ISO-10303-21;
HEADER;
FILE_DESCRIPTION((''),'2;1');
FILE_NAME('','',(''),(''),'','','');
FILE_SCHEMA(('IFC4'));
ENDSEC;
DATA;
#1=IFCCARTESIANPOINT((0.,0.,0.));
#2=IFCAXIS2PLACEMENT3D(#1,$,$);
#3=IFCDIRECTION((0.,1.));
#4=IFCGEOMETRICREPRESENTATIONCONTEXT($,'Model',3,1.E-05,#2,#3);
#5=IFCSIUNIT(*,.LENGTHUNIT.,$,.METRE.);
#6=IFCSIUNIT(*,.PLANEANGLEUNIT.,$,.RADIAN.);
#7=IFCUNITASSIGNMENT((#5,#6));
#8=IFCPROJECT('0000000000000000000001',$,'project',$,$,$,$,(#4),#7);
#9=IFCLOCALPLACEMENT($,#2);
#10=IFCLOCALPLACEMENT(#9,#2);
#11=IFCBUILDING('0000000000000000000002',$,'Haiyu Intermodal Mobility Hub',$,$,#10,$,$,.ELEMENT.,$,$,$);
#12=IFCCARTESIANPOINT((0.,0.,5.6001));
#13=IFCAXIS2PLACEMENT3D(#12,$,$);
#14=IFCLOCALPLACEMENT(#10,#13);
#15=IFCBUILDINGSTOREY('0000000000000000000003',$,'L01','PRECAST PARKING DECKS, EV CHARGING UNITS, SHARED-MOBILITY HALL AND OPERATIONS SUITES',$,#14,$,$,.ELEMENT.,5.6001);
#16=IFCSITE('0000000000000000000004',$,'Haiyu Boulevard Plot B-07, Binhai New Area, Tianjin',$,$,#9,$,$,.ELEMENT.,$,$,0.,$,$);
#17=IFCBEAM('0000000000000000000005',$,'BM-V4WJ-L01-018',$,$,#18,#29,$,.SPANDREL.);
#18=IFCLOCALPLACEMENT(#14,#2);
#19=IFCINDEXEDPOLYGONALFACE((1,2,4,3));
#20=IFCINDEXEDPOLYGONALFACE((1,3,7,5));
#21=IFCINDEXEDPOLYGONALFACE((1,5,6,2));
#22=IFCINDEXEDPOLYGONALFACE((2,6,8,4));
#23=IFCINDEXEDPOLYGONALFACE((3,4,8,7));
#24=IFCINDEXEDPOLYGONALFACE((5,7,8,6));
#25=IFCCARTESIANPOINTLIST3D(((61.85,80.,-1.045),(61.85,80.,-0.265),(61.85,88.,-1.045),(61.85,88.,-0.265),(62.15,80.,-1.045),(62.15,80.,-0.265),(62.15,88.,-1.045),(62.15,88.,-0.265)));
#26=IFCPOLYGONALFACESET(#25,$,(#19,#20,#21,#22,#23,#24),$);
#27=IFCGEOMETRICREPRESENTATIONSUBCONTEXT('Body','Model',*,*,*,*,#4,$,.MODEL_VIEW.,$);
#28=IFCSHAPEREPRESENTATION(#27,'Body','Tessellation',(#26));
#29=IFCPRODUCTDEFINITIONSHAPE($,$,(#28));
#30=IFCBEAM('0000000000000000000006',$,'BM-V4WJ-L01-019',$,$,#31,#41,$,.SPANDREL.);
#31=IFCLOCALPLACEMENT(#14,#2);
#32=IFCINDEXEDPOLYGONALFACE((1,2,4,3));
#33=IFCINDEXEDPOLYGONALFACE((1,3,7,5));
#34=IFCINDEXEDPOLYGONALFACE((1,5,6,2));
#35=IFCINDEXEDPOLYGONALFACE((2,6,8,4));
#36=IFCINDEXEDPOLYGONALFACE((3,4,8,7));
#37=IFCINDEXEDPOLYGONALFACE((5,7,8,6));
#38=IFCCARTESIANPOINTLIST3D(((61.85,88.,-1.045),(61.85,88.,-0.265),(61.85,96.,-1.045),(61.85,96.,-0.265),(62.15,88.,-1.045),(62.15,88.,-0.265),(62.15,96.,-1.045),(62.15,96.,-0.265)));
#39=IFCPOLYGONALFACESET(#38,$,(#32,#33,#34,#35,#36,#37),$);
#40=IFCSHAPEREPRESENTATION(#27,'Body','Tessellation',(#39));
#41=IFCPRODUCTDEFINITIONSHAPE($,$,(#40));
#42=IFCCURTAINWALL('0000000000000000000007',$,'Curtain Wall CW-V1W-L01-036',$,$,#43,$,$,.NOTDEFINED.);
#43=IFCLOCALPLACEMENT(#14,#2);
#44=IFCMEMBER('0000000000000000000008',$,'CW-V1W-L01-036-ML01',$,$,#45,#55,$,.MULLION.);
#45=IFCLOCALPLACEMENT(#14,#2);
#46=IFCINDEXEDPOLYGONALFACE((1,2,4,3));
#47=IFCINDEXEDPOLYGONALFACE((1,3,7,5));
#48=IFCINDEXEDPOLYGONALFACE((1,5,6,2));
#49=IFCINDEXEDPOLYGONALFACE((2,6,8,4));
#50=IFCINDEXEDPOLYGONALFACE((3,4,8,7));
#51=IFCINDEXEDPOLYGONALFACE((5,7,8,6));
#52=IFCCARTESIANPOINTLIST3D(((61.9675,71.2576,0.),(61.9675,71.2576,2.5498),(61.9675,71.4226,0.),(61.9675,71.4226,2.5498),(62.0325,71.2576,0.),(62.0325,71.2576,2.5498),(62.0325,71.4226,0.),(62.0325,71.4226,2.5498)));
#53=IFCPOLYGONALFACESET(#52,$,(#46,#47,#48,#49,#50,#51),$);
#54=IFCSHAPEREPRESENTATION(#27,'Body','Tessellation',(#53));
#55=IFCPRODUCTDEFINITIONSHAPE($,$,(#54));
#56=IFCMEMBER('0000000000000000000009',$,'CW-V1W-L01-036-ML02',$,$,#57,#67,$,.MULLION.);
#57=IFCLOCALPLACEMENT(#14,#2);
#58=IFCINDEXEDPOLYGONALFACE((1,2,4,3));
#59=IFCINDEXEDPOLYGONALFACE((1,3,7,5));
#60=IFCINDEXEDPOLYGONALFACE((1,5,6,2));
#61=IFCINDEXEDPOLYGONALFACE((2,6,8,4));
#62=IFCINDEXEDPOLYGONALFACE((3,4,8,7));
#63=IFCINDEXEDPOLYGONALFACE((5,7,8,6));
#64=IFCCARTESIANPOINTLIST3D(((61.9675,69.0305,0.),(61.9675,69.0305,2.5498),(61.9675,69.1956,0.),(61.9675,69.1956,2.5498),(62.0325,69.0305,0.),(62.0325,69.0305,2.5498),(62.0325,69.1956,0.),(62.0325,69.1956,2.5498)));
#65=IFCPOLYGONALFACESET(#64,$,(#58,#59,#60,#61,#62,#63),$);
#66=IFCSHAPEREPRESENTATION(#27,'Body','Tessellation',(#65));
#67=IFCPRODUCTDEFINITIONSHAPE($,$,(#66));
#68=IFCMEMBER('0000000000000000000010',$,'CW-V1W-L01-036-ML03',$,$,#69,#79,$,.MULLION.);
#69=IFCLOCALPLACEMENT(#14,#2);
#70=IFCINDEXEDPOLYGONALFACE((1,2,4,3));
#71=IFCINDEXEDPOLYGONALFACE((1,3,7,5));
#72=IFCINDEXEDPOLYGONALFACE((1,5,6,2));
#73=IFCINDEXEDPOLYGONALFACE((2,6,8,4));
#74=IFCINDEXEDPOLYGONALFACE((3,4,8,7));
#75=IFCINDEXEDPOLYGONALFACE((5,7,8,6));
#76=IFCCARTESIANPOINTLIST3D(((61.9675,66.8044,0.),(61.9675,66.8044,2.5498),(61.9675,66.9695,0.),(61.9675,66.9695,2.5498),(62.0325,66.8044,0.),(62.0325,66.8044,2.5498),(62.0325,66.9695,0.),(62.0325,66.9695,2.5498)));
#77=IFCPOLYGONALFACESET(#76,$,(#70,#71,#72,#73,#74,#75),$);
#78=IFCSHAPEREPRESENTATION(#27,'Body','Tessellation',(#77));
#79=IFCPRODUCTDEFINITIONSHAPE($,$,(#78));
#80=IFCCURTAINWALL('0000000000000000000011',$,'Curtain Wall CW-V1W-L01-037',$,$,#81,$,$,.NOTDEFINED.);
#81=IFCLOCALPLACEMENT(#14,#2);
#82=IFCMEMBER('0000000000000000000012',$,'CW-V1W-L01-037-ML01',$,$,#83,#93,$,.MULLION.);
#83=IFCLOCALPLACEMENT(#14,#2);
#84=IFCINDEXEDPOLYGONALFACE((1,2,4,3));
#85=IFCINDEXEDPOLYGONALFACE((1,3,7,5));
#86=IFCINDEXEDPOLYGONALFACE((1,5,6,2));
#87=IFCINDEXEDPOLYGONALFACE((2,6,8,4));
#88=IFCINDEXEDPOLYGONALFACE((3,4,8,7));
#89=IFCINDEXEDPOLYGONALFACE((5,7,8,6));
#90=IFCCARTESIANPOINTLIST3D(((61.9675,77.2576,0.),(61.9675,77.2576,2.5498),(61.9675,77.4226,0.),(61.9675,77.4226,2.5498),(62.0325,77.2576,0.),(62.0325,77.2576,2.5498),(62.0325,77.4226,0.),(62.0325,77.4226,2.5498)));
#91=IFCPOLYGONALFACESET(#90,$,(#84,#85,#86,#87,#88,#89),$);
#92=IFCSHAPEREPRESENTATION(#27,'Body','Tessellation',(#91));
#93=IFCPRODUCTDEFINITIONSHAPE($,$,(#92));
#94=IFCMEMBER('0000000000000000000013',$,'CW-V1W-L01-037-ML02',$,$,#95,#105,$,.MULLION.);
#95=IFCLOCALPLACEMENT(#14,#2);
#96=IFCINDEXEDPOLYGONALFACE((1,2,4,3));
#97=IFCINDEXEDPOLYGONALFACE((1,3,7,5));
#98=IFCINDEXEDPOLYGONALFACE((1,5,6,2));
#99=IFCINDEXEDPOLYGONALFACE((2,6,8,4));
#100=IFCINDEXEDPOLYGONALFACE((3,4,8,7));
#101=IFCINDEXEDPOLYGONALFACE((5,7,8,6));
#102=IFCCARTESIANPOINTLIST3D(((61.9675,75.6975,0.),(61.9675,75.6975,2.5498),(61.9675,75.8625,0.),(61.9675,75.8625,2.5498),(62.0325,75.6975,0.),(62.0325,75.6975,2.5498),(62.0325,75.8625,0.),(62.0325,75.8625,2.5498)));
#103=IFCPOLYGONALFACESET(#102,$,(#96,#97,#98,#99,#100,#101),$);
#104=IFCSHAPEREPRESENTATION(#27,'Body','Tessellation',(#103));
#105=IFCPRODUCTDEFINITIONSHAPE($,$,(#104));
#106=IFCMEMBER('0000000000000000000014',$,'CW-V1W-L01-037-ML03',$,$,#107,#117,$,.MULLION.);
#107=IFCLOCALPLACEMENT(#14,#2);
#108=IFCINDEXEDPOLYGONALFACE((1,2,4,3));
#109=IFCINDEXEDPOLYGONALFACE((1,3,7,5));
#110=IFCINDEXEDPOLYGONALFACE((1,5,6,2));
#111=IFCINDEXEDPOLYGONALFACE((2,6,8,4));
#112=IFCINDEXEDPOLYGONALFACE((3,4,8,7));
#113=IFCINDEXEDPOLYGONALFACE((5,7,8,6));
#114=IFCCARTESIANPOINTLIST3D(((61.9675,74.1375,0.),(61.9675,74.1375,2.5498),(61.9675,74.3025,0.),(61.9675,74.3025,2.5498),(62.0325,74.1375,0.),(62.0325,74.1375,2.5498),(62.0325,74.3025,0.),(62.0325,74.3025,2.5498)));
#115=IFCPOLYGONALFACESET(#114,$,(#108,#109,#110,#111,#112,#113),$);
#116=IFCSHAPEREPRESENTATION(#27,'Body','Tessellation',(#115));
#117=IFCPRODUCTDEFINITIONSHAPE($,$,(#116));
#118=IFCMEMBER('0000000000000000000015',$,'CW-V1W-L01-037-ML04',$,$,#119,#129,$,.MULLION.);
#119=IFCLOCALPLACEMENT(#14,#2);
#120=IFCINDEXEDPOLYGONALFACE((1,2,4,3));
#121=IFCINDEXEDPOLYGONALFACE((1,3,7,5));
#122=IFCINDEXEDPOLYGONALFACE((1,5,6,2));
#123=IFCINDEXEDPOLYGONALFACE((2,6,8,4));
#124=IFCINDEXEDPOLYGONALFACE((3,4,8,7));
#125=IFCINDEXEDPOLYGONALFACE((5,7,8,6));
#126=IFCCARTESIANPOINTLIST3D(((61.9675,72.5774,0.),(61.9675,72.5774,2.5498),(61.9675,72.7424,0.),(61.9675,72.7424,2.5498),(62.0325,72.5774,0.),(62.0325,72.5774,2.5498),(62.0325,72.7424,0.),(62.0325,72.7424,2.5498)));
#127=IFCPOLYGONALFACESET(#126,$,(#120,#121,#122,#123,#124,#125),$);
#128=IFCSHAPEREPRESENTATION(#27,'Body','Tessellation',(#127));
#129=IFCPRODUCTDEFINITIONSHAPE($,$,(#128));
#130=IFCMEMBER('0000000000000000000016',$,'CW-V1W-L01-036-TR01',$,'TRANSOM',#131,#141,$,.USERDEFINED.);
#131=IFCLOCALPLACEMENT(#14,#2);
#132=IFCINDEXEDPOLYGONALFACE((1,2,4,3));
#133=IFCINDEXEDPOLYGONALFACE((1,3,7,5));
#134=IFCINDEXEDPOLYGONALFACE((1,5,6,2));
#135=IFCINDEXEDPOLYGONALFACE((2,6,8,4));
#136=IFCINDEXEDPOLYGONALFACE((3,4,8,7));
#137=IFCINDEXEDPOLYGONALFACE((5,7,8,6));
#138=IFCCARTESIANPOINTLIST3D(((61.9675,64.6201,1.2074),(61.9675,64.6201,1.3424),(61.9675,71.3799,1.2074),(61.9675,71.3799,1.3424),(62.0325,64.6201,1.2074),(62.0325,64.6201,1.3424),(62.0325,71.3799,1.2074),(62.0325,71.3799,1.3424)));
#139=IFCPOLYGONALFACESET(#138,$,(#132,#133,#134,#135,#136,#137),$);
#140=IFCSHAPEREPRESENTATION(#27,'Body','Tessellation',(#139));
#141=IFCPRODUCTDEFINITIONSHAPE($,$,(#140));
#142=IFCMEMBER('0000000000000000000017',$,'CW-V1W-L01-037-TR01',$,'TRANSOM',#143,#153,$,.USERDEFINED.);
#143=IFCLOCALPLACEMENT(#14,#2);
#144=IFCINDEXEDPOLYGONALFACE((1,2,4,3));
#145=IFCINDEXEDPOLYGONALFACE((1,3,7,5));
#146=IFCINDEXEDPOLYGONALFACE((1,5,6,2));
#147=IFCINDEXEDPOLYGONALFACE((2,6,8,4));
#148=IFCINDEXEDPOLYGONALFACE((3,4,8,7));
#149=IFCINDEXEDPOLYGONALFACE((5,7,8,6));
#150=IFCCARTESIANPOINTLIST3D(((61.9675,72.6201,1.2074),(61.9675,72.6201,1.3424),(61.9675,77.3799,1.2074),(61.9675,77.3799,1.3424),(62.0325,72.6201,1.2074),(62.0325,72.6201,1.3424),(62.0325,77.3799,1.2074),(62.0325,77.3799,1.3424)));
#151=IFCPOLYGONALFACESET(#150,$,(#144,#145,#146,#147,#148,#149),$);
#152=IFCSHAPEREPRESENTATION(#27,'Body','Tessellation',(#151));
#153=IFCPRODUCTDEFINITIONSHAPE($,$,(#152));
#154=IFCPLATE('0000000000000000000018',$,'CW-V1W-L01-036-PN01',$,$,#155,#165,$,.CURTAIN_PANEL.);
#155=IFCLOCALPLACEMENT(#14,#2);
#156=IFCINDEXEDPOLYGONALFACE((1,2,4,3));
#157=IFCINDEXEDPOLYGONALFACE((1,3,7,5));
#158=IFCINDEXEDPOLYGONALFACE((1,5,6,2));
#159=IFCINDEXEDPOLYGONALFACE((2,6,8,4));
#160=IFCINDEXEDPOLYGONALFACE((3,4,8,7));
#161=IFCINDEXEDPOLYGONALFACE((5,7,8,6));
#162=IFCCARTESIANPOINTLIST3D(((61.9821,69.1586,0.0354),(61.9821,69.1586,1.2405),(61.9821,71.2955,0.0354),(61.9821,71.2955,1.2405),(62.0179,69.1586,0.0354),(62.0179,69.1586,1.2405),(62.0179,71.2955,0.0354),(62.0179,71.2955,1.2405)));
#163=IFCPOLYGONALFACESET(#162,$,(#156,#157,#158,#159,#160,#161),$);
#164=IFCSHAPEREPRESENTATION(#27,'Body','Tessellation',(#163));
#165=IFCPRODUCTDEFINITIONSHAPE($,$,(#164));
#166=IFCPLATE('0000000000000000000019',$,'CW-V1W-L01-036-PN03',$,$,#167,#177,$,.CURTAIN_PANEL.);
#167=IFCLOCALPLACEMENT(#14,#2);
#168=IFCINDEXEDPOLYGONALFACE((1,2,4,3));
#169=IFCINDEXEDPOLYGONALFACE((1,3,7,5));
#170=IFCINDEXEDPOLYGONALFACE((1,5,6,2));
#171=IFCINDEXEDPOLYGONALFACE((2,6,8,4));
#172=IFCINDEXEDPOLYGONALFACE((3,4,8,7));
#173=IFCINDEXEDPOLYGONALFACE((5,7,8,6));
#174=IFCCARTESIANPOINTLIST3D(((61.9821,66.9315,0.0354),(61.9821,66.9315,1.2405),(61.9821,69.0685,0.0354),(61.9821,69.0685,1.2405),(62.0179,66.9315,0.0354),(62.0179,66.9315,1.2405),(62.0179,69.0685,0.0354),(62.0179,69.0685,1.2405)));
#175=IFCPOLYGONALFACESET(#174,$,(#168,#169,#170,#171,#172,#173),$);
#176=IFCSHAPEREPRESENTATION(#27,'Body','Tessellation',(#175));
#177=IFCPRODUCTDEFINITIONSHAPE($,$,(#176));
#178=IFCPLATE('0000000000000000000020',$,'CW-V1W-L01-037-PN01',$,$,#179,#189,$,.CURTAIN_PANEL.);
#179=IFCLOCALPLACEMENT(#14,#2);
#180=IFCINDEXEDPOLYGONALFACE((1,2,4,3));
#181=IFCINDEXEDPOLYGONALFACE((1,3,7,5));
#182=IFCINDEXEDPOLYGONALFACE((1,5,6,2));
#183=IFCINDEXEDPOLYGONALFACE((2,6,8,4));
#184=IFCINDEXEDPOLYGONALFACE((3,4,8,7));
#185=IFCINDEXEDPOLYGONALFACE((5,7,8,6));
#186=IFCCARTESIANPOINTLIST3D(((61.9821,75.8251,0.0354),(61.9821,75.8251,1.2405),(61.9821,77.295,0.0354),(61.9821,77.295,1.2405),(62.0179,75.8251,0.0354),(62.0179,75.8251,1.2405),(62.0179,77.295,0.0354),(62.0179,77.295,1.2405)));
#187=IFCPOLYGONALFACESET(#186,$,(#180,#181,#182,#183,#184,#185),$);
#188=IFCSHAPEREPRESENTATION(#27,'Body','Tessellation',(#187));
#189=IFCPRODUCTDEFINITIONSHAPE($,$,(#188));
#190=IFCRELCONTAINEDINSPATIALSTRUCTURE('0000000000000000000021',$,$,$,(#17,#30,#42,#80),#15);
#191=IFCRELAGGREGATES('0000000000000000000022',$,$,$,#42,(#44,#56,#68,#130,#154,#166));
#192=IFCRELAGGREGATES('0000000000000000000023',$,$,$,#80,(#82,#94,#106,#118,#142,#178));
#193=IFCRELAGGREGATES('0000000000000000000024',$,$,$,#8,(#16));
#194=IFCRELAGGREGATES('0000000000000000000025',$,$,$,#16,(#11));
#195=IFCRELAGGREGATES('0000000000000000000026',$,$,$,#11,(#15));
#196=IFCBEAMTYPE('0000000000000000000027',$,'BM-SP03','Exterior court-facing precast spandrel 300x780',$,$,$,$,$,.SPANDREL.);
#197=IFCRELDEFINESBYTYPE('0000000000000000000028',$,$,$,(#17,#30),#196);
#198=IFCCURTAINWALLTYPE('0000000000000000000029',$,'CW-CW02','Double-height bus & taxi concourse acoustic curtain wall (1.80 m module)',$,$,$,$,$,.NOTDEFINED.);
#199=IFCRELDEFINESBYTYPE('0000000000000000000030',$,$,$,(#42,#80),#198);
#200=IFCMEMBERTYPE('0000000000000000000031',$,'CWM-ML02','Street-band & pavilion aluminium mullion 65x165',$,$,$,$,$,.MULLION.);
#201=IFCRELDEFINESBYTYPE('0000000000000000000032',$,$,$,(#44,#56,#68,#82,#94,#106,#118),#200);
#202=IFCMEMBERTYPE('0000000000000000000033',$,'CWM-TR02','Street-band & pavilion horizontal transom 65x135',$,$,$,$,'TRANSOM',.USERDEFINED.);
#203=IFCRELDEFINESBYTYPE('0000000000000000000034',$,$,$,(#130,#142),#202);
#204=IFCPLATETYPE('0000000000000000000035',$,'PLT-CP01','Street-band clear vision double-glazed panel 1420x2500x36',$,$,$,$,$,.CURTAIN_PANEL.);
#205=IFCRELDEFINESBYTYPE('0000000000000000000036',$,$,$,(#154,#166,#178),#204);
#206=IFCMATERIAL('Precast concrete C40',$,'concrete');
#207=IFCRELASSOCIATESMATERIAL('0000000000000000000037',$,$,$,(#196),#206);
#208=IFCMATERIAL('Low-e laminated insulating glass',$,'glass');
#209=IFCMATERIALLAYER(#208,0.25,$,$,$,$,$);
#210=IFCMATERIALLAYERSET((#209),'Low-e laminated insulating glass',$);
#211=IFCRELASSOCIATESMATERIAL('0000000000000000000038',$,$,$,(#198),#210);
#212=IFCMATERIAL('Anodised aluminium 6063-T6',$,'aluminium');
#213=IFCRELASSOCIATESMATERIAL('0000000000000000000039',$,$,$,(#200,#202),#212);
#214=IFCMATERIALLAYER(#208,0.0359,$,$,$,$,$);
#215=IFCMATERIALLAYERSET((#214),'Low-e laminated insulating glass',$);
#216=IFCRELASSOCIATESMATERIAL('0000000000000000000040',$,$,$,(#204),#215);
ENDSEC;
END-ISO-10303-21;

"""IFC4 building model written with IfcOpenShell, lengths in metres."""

from ifc_helpers import new_model, si_unit, direction, frame, origin, origin_2d, place, context, subcontext, project, spatial, rectangle, extrude, material, layer, layer_set, material_profile, profile_set, type_object, element, aggregate, save


model = new_model("IFC4")

# Units and contexts
model_context = context("Model", 3, precision=1e-05, world=origin(), true_north=direction((0.0, 1.0)))
body_context = subcontext(model_context, "Body", "Model", "MODEL_VIEW")
ifc_project = project(units=[si_unit("LENGTHUNIT", "METRE"), si_unit("PLANEANGLEUNIT", "RADIAN")], contexts=[model_context])

# Site, building, storey
site_placement = place(None, origin())
site = spatial("IfcSite", under=ifc_project, at=site_placement, Name="Haiyu Boulevard Plot B-07, Binhai New Area, Tianjin", CompositionType="ELEMENT", RefElevation=0.0)
building_placement = place(site_placement, origin())
building = spatial("IfcBuilding", under=site, at=building_placement, Name="Haiyu Intermodal Mobility Hub", CompositionType="ELEMENT")
storey_placement = place(building_placement, frame((0.0, 0.0, 5.6001)))
storey = spatial("IfcBuildingStorey", under=building, at=storey_placement, Name="L01", Description="PRECAST PARKING DECKS, EV CHARGING UNITS, SHARED-MOBILITY HALL AND OPERATIONS SUITES", CompositionType="ELEMENT", Elevation=5.6001)

# Shared definitions
ifc_material_1 = material(Name="Precast concrete C40", Category="concrete")

# Beams
ifc_material_profile_1 = material_profile(ifc_material_1, rectangle(XDim=0.3, YDim=0.78, at=origin_2d()), Name="PC300x780")
ifc_profile_set_1 = profile_set([ifc_material_profile_1], Name="Precast concrete C40")
beam_type_1 = type_object("IfcBeamType", Name="BM-SP03", Description="Exterior court-facing precast spandrel 300x780", PredefinedType="SPANDREL", material=ifc_profile_set_1)
for number, where, z_axis, x_axis, name in (
    (1, (62.0, 80.0, -0.655), (0.0, 1.0, 0.0), (-1.0, 0.0, 0.0), "BM-V4WJ-L01-018"),
    (2, (62.0, 88.0, -0.655), (0.0, 1.0, 0.0), (-1.0, 0.0, 0.0), "BM-V4WJ-L01-019"),
):
    element("IfcBeam", number, at=place(storey_placement, frame(where, z_axis=z_axis, x_axis=x_axis)), inside=storey, type_object=beam_type_1, Name=name, PredefinedType="SPANDREL", context=body_context, shape_type="SweptSolid", body=[
        extrude(rectangle(XDim=0.3, YDim=0.78, at=origin_2d()), origin(), (0.0, 0.0, 1.0), 8.0),
    ])

# Curtain walls, members
ifc_material_2 = material(Name="Low-e laminated insulating glass", Category="glass")
ifc_layer_1 = layer(ifc_material_2, 0.25)
ifc_layer_set_1 = layer_set([ifc_layer_1], Name="Low-e laminated insulating glass")
curtain_wall_type = type_object("IfcCurtainWallType", Name="CW-CW02", Description="Double-height bus & taxi concourse acoustic curtain wall (1.80 m module)", PredefinedType="NOTDEFINED", material=ifc_layer_set_1)
curtain_wall_1_placement = place(storey_placement, origin())
curtain_wall_1 = element("IfcCurtainWall", 3, at=curtain_wall_1_placement, inside=storey, type_object=curtain_wall_type, Name="Curtain Wall CW-V1W-L01-036", PredefinedType="NOTDEFINED")
ifc_material_3 = material(Name="Anodised aluminium 6063-T6", Category="aluminium")
ifc_material_profile_2 = material_profile(ifc_material_3, rectangle(XDim=0.0649, YDim=0.165, at=origin_2d()), Name="ALU65x165")
ifc_profile_set_2 = profile_set([ifc_material_profile_2], Name="Anodised aluminium 6063-T6")
member_type_1 = type_object("IfcMemberType", Name="CWM-ML02", Description="Street-band & pavilion aluminium mullion 65x165", PredefinedType="MULLION", material=ifc_profile_set_2)
member_1_placement = place(storey_placement, frame((62.0, 71.3401, 0.0), z_axis=(0.0, 0.0, 1.0), x_axis=(1.0, 0.0, 0.0)))
member_1 = element("IfcMember", 4, at=member_1_placement, type_object=member_type_1, Name="CW-V1W-L01-036-ML01", PredefinedType="MULLION", context=body_context, shape_type="SweptSolid", body=[
    extrude(rectangle(XDim=0.0649, YDim=0.165, at=origin_2d()), origin(), (0.0, 0.0, 1.0), 2.5498),
])
member_2_placement = place(storey_placement, frame((62.0, 69.113, 0.0), z_axis=(0.0, 0.0, 1.0), x_axis=(1.0, 0.0, 0.0)))
member_2 = element("IfcMember", 5, at=member_2_placement, type_object=member_type_1, Name="CW-V1W-L01-036-ML02", PredefinedType="MULLION", context=body_context, shape_type="SweptSolid", body=[
    extrude(rectangle(XDim=0.0649, YDim=0.165, at=origin_2d()), origin(), (0.0, 0.0, 1.0), 2.5498),
])
member_3_placement = place(storey_placement, frame((62.0, 66.887, 0.0), z_axis=(0.0, 0.0, 1.0), x_axis=(1.0, 0.0, 0.0)))
member_3 = element("IfcMember", 6, at=member_3_placement, type_object=member_type_1, Name="CW-V1W-L01-036-ML03", PredefinedType="MULLION", context=body_context, shape_type="SweptSolid", body=[
    extrude(rectangle(XDim=0.0649, YDim=0.165, at=origin_2d()), origin(), (0.0, 0.0, 1.0), 2.5498),
])
curtain_wall_2_placement = place(storey_placement, origin())
curtain_wall_2 = element("IfcCurtainWall", 7, at=curtain_wall_2_placement, inside=storey, type_object=curtain_wall_type, Name="Curtain Wall CW-V1W-L01-037", PredefinedType="NOTDEFINED")
member_4_placement = place(storey_placement, frame((62.0, 77.3401, 0.0), z_axis=(0.0, 0.0, 1.0), x_axis=(1.0, 0.0, 0.0)))
member_4 = element("IfcMember", 8, at=member_4_placement, type_object=member_type_1, Name="CW-V1W-L01-037-ML01", PredefinedType="MULLION", context=body_context, shape_type="SweptSolid", body=[
    extrude(rectangle(XDim=0.0649, YDim=0.165, at=origin_2d()), origin(), (0.0, 0.0, 1.0), 2.5498),
])
member_5_placement = place(storey_placement, frame((62.0, 75.78, 0.0), z_axis=(0.0, 0.0, 1.0), x_axis=(1.0, 0.0, 0.0)))
member_5 = element("IfcMember", 9, at=member_5_placement, type_object=member_type_1, Name="CW-V1W-L01-037-ML02", PredefinedType="MULLION", context=body_context, shape_type="SweptSolid", body=[
    extrude(rectangle(XDim=0.0649, YDim=0.165, at=origin_2d()), origin(), (0.0, 0.0, 1.0), 2.5498),
])
member_6_placement = place(storey_placement, frame((62.0, 74.22, 0.0), z_axis=(0.0, 0.0, 1.0), x_axis=(1.0, 0.0, 0.0)))
member_6 = element("IfcMember", 10, at=member_6_placement, type_object=member_type_1, Name="CW-V1W-L01-037-ML03", PredefinedType="MULLION", context=body_context, shape_type="SweptSolid", body=[
    extrude(rectangle(XDim=0.0649, YDim=0.165, at=origin_2d()), origin(), (0.0, 0.0, 1.0), 2.5498),
])
member_7_placement = place(storey_placement, frame((62.0, 72.6599, 0.0), z_axis=(0.0, 0.0, 1.0), x_axis=(1.0, 0.0, 0.0)))
member_7 = element("IfcMember", 11, at=member_7_placement, type_object=member_type_1, Name="CW-V1W-L01-037-ML04", PredefinedType="MULLION", context=body_context, shape_type="SweptSolid", body=[
    extrude(rectangle(XDim=0.0649, YDim=0.165, at=origin_2d()), origin(), (0.0, 0.0, 1.0), 2.5498),
])

# Members
ifc_material_profile_3 = material_profile(ifc_material_3, rectangle(XDim=0.0649, YDim=0.135, at=origin_2d()), Name="ALU65x135")
ifc_profile_set_3 = profile_set([ifc_material_profile_3], Name="Anodised aluminium 6063-T6")
member_type_2 = type_object("IfcMemberType", Name="CWM-TR02", Description="Street-band & pavilion horizontal transom 65x135", ElementType="TRANSOM", PredefinedType="USERDEFINED", material=ifc_profile_set_3)
member_8_placement = place(storey_placement, frame((62.0, 71.3799, 1.2749), z_axis=(0.0, -1.0, 0.0), x_axis=(1.0, 0.0, 0.0)))
member_8 = element("IfcMember", 12, at=member_8_placement, type_object=member_type_2, Name="CW-V1W-L01-036-TR01", ObjectType="TRANSOM", PredefinedType="USERDEFINED", context=body_context, shape_type="SweptSolid", body=[
    extrude(rectangle(XDim=0.0649, YDim=0.135, at=origin_2d()), origin(), (0.0, 0.0, 1.0), 6.7598),
])
member_9_placement = place(storey_placement, frame((62.0, 77.3799, 1.2749), z_axis=(0.0, -1.0, 0.0), x_axis=(1.0, 0.0, 0.0)))
member_9 = element("IfcMember", 13, at=member_9_placement, type_object=member_type_2, Name="CW-V1W-L01-037-TR01", ObjectType="TRANSOM", PredefinedType="USERDEFINED", context=body_context, shape_type="SweptSolid", body=[
    extrude(rectangle(XDim=0.0649, YDim=0.135, at=origin_2d()), origin(), (0.0, 0.0, 1.0), 4.7598),
])

# Plates
ifc_layer_2 = layer(ifc_material_2, 0.0359)
ifc_layer_set_2 = layer_set([ifc_layer_2], Name="Low-e laminated insulating glass")
plate_type_1 = type_object("IfcPlateType", Name="PLT-CP01", Description="Street-band clear vision double-glazed panel 1420x2500x36", PredefinedType="CURTAIN_PANEL", material=ifc_layer_set_2)
plate_1_placement = place(storey_placement, frame((62.0, 70.2271, 0.0354), z_axis=(0.0, 0.0, 1.0), x_axis=(0.0, -1.0, 0.0)))
plate_1 = element("IfcPlate", 14, at=plate_1_placement, type_object=plate_type_1, Name="CW-V1W-L01-036-PN01", PredefinedType="CURTAIN_PANEL", context=body_context, shape_type="SweptSolid", body=[
    extrude(rectangle(XDim=2.137, YDim=0.0359, at=origin_2d()), origin(), (0.0, 0.0, 1.0), 1.2051),
])
plate_2_placement = place(storey_placement, frame((62.0, 68.0, 0.0354), z_axis=(0.0, 0.0, 1.0), x_axis=(0.0, -1.0, 0.0)))
plate_2 = element("IfcPlate", 15, at=plate_2_placement, type_object=plate_type_1, Name="CW-V1W-L01-036-PN03", PredefinedType="CURTAIN_PANEL", context=body_context, shape_type="SweptSolid", body=[
    extrude(rectangle(XDim=2.137, YDim=0.0359, at=origin_2d()), origin(), (0.0, 0.0, 1.0), 1.2051),
])
plate_3_placement = place(storey_placement, frame((62.0, 76.5601, 0.0354), z_axis=(0.0, 0.0, 1.0), x_axis=(0.0, -1.0, 0.0)))
plate_3 = element("IfcPlate", 16, at=plate_3_placement, type_object=plate_type_1, Name="CW-V1W-L01-037-PN01", PredefinedType="CURTAIN_PANEL", context=body_context, shape_type="SweptSolid", body=[
    extrude(rectangle(XDim=1.47, YDim=0.0359, at=origin_2d()), origin(), (0.0, 0.0, 1.0), 1.2051),
])
aggregate(curtain_wall_1, [member_1, member_2, member_3, member_8, plate_1, plate_2])
aggregate(curtain_wall_2, [member_4, member_5, member_6, member_7, member_9, plate_3])

save(model, "model.ifc")
